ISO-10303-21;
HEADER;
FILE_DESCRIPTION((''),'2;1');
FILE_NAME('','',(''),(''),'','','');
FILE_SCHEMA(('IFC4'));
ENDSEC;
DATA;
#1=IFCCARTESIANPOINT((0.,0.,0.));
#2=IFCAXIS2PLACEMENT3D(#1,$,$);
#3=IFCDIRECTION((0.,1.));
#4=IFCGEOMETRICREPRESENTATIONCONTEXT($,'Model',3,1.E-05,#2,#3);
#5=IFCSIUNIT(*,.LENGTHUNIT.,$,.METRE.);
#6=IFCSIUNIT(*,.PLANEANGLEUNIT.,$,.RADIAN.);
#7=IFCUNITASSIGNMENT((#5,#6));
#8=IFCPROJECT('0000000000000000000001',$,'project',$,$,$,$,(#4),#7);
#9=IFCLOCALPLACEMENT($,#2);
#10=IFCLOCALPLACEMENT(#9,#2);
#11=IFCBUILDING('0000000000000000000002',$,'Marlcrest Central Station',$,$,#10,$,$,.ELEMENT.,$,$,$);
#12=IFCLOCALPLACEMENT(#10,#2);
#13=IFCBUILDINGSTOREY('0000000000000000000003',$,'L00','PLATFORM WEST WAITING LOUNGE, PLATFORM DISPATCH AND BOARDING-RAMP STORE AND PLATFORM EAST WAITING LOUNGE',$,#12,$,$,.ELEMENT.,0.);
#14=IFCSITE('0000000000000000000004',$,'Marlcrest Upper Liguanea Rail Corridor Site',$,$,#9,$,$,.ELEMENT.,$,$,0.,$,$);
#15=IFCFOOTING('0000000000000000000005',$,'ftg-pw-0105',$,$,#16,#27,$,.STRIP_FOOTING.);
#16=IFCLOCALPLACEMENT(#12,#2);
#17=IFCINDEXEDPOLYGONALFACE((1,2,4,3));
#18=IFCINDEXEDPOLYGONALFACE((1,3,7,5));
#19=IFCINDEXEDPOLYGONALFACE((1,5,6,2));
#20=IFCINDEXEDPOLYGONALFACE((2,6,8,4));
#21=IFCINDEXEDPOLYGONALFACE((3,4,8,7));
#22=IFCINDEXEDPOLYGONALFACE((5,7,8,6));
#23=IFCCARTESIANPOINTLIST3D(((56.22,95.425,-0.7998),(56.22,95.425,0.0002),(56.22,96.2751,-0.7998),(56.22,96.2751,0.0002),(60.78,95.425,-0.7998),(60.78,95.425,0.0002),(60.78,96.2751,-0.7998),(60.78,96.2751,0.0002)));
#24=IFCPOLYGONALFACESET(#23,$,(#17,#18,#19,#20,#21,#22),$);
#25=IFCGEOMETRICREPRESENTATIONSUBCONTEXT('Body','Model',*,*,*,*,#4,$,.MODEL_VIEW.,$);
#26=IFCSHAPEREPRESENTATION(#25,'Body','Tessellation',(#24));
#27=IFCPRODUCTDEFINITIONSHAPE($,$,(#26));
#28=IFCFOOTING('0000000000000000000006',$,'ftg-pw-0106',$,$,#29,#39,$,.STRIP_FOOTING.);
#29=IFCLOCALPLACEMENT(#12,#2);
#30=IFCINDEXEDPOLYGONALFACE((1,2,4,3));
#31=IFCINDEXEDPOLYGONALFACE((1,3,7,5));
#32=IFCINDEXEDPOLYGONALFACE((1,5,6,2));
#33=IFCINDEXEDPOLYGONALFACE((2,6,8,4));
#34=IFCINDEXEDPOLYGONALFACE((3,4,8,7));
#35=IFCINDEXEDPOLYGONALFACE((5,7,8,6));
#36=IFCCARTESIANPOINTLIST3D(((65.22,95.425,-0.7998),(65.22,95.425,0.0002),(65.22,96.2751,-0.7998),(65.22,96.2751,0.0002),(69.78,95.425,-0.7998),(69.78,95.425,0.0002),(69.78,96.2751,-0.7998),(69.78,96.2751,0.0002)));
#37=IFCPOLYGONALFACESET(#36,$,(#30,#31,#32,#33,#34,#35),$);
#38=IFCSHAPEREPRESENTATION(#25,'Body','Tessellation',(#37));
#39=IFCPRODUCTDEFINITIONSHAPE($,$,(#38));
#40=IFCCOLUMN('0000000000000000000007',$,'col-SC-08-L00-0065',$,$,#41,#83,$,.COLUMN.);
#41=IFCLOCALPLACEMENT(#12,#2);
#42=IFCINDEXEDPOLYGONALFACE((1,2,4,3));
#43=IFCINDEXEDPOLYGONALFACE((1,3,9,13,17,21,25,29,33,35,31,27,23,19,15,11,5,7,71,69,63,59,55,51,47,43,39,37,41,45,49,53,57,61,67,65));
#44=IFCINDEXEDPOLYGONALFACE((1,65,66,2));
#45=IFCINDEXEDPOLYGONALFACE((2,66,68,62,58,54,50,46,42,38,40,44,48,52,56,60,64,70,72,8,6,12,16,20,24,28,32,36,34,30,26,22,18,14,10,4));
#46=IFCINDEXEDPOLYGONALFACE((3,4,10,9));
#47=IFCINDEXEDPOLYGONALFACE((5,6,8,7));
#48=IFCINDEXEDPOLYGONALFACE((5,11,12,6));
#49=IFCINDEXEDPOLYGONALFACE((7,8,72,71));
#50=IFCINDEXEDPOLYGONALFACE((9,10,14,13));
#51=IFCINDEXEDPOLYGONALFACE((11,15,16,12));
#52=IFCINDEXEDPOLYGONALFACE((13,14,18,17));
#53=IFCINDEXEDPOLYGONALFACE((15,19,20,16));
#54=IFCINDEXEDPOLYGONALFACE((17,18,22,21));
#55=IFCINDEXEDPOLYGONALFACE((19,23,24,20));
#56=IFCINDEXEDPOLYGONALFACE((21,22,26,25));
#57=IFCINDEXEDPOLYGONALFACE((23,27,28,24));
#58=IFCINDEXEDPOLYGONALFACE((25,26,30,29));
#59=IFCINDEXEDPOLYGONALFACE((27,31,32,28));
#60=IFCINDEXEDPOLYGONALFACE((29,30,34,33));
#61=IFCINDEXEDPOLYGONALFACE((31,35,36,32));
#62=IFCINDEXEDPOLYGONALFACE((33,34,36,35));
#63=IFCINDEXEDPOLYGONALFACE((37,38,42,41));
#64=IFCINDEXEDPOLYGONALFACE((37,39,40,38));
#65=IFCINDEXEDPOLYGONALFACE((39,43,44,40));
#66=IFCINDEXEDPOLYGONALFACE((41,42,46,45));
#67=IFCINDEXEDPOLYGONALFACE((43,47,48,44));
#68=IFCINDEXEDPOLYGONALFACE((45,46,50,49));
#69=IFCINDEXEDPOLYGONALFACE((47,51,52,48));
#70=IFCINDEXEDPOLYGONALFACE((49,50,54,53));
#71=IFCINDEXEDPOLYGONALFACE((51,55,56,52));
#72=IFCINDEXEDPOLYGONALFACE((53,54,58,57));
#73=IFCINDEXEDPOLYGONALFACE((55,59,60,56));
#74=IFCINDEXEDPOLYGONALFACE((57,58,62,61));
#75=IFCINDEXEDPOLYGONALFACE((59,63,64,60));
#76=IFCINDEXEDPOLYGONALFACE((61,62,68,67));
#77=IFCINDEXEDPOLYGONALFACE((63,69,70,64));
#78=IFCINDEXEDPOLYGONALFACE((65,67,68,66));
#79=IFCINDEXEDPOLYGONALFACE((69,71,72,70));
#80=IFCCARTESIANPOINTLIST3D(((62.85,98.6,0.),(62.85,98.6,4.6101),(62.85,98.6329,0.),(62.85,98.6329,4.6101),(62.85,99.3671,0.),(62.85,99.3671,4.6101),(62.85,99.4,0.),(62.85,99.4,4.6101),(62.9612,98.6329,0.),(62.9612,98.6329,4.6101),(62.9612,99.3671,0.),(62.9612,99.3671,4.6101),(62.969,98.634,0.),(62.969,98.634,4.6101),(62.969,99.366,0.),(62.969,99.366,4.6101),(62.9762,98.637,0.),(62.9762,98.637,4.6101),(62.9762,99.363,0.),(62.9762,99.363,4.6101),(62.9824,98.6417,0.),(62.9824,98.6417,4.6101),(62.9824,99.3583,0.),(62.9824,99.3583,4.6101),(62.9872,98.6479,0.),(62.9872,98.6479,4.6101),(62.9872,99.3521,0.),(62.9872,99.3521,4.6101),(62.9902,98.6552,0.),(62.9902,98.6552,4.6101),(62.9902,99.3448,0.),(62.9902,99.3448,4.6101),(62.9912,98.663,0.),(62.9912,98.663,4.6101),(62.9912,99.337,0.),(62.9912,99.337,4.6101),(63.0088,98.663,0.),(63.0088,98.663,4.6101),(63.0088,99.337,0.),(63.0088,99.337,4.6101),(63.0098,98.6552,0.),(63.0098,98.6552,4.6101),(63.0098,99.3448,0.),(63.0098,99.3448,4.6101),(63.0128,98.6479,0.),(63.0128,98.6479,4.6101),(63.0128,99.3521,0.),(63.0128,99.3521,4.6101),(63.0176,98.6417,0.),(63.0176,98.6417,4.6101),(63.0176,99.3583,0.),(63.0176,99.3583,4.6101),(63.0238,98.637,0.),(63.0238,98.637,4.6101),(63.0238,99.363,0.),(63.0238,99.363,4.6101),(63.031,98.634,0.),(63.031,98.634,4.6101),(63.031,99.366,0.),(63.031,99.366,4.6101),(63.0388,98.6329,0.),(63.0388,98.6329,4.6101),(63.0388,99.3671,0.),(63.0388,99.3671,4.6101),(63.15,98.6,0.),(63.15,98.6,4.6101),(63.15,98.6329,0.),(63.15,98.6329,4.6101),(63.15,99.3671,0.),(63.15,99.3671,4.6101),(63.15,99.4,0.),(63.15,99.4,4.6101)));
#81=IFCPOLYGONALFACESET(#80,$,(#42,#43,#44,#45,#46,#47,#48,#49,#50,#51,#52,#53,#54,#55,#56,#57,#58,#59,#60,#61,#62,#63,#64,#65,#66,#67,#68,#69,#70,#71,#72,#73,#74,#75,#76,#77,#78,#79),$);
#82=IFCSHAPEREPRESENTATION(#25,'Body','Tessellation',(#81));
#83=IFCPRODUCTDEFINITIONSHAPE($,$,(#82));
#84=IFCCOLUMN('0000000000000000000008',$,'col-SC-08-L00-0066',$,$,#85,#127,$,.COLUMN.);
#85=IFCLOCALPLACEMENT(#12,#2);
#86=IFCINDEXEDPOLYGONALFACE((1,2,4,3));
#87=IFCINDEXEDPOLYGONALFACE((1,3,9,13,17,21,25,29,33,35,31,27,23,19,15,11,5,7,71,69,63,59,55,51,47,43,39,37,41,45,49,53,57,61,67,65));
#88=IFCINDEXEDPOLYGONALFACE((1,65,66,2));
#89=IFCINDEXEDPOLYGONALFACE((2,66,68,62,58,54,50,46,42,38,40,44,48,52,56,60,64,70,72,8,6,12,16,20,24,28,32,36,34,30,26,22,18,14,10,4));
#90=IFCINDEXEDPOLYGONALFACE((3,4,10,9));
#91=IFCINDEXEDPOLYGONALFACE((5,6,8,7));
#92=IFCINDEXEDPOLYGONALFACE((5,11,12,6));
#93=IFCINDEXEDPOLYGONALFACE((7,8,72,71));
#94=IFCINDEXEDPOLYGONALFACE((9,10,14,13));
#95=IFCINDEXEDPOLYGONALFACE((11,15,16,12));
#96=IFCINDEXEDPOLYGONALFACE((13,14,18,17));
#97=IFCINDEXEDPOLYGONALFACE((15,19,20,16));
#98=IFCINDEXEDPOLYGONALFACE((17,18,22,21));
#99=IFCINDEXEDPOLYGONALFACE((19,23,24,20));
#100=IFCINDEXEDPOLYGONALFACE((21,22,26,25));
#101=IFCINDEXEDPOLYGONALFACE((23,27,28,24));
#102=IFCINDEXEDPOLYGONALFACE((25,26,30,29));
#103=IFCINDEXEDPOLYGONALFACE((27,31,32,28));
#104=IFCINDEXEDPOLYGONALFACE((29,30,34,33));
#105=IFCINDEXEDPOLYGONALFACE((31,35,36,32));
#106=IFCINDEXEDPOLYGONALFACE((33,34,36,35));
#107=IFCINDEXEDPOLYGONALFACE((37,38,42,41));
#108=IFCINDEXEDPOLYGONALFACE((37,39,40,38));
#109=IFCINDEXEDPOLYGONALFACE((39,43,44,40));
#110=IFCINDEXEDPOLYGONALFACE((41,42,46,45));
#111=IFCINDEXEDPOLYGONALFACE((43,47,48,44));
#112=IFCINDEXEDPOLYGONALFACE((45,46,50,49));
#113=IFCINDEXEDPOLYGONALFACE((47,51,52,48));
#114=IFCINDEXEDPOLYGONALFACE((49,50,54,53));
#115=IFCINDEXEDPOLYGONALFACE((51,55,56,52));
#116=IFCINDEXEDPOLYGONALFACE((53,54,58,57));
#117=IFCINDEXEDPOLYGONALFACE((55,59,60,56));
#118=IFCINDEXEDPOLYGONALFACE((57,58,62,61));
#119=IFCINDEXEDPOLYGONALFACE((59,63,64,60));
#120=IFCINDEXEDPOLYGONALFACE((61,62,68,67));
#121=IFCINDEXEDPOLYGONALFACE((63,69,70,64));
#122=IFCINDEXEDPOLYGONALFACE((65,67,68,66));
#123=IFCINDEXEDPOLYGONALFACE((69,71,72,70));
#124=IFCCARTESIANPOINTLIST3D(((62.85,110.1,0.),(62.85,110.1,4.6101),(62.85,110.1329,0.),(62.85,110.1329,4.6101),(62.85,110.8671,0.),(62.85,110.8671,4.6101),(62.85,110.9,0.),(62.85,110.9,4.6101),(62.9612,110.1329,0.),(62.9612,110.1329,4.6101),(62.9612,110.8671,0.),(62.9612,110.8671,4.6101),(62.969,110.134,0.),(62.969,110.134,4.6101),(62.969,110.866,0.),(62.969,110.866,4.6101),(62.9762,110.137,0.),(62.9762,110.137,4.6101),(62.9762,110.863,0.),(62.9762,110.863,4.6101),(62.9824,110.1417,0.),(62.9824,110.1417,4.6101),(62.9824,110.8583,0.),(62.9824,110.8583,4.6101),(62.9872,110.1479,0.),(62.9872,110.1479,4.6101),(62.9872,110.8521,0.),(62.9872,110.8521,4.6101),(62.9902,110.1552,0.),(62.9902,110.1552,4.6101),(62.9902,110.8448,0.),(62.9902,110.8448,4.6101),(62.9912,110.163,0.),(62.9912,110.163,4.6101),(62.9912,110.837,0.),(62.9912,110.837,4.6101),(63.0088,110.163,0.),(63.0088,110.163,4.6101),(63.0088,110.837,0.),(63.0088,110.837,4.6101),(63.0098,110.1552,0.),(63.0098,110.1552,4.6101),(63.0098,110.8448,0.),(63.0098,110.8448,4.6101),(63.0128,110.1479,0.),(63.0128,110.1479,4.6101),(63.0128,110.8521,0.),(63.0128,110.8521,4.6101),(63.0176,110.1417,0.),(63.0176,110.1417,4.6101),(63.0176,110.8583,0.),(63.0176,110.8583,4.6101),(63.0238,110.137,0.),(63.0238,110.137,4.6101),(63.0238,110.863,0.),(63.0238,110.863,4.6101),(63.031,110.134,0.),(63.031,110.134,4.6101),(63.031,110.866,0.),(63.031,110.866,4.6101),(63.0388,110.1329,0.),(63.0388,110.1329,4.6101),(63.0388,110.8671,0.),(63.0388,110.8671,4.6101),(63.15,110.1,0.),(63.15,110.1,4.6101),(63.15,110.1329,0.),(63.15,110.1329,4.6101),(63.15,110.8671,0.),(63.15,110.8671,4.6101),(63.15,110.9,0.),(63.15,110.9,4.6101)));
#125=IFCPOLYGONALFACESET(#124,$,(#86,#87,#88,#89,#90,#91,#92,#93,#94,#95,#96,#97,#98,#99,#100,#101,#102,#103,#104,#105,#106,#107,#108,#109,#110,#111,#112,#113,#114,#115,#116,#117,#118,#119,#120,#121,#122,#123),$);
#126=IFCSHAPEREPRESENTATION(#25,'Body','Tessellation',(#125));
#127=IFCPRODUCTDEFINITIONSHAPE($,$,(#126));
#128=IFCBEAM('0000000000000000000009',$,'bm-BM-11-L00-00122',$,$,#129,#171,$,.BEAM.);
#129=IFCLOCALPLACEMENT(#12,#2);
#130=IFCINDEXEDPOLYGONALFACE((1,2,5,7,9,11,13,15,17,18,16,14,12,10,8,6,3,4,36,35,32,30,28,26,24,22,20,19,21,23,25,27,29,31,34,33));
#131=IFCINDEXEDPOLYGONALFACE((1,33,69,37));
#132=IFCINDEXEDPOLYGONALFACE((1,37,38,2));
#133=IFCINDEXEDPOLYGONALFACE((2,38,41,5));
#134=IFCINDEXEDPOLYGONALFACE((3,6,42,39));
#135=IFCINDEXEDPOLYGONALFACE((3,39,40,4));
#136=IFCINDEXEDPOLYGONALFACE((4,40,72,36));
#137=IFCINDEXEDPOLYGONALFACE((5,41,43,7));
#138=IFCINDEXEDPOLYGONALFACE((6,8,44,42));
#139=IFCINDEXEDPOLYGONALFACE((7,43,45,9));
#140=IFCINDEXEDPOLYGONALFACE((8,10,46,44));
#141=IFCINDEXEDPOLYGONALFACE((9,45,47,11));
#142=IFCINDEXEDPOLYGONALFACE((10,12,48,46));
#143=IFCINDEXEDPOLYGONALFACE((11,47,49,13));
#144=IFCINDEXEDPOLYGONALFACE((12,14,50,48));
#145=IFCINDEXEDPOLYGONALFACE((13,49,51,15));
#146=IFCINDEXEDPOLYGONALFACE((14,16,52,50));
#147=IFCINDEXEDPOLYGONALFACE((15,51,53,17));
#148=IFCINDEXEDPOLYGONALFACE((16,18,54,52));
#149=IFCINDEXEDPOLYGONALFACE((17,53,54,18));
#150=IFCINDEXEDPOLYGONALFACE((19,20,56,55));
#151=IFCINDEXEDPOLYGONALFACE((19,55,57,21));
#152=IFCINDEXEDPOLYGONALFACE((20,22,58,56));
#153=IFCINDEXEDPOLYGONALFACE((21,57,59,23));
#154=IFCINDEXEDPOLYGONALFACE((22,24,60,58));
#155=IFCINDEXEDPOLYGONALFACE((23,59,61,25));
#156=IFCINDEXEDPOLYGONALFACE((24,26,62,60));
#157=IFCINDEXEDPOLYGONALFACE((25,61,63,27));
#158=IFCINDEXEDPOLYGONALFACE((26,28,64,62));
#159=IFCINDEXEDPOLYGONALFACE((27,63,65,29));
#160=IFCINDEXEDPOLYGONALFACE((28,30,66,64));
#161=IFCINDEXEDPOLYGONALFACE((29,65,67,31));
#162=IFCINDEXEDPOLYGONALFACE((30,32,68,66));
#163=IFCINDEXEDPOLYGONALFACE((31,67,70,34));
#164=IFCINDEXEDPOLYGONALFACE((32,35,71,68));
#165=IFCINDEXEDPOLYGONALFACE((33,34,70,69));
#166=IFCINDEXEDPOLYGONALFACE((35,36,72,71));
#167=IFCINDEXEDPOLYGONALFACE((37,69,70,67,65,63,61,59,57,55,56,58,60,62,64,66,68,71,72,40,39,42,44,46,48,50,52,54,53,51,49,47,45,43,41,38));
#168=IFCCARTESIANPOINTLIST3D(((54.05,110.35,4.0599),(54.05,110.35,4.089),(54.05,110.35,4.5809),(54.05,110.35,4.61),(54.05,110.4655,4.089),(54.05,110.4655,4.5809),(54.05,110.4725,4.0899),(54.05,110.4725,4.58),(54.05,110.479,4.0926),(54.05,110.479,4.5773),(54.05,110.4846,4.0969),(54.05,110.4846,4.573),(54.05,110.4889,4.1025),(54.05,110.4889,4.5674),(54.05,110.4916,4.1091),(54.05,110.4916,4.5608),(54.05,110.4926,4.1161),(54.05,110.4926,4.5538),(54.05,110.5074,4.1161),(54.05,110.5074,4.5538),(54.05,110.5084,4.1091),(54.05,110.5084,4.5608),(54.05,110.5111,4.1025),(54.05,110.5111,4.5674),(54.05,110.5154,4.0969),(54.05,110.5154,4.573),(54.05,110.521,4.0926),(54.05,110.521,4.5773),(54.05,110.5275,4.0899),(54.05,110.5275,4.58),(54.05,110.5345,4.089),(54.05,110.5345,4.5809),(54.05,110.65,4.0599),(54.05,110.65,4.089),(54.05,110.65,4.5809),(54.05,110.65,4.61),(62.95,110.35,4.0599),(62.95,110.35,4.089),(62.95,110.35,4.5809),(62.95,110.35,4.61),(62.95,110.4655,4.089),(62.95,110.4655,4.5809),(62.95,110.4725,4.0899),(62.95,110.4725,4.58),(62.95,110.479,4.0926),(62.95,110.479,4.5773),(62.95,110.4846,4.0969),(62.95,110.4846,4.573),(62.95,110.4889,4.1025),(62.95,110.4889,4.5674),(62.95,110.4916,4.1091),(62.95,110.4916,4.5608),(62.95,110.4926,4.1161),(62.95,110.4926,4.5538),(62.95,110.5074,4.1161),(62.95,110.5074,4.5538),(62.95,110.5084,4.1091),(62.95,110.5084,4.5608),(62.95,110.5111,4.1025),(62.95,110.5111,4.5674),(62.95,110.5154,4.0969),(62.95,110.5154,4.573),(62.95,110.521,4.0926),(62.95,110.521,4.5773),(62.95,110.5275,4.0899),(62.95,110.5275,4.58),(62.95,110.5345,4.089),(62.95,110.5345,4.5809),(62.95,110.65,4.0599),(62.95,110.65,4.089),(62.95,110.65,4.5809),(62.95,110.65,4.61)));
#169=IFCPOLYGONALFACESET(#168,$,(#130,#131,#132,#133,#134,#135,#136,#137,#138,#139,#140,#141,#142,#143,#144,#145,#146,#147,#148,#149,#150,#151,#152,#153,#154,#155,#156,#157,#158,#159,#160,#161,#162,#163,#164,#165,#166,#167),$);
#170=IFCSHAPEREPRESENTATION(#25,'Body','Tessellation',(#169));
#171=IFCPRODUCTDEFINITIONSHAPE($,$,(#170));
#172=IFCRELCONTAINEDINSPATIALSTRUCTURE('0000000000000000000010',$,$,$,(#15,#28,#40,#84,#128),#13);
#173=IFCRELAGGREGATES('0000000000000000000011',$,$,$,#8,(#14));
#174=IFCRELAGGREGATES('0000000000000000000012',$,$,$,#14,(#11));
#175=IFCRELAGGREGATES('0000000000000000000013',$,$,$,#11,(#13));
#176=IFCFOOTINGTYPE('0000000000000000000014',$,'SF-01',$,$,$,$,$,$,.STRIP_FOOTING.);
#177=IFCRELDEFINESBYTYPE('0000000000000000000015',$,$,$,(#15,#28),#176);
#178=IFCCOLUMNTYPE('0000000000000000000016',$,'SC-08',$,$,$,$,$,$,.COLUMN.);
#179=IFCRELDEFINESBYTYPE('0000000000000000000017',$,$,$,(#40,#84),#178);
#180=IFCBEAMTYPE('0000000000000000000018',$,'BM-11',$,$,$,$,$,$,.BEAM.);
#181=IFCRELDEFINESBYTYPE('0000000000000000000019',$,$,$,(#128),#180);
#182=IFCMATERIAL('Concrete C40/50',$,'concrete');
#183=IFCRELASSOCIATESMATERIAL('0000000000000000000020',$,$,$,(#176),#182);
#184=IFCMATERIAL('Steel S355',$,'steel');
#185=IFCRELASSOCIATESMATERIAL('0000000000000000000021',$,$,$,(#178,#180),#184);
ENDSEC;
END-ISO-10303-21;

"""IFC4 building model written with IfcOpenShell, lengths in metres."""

from ifc_helpers import new_model, si_unit, direction, frame, origin, origin_2d, place, context, subcontext, project, spatial, rectangle, i_section, extrude, material, material_profile, profile_set, type_object, element, save


model = new_model("IFC4")

# Units and contexts
model_context = context("Model", 3, precision=1e-05, world=origin(), true_north=direction((0.0, 1.0)))
body_context = subcontext(model_context, "Body", "Model", "MODEL_VIEW")
ifc_project = project(units=[si_unit("LENGTHUNIT", "METRE"), si_unit("PLANEANGLEUNIT", "RADIAN")], contexts=[model_context])

# Site, building, storey
site_placement = place(None, origin())
site = spatial("IfcSite", under=ifc_project, at=site_placement, Name="Marlcrest Upper Liguanea Rail Corridor Site", CompositionType="ELEMENT", RefElevation=0.0)
building_placement = place(site_placement, origin())
building = spatial("IfcBuilding", under=site, at=building_placement, Name="Marlcrest Central Station", CompositionType="ELEMENT")
storey_placement = place(building_placement, origin())
storey = spatial("IfcBuildingStorey", under=building, at=storey_placement, Name="L00", Description="PLATFORM WEST WAITING LOUNGE, PLATFORM DISPATCH AND BOARDING-RAMP STORE AND PLATFORM EAST WAITING LOUNGE", CompositionType="ELEMENT", Elevation=0.0)

# Footings
ifc_material_1 = material(Name="Concrete C40/50", Category="concrete")
footing_type = type_object("IfcFootingType", Name="SF-01", PredefinedType="STRIP_FOOTING", material=ifc_material_1)
for number, where, z_axis, x_axis, name in (
    (1, (58.5, 95.8501, -0.7998), (0.0, 0.0, 1.0), (1.0, 0.0, 0.0), "ftg-pw-0105"),
    (2, (67.5, 95.8501, -0.7998), (0.0, 0.0, 1.0), (1.0, 0.0, 0.0), "ftg-pw-0106"),
):
    element("IfcFooting", number, at=place(storey_placement, frame(where, z_axis=z_axis, x_axis=x_axis)), inside=storey, type_object=footing_type, Name=name, PredefinedType="STRIP_FOOTING", context=body_context, shape_type="SweptSolid", body=[
        extrude(rectangle(XDim=4.5601, YDim=0.8501, at=origin_2d()), origin(), (0.0, 0.0, 1.0), 0.8),
    ])

# Columns
ifc_material_2 = material(Name="Steel S355", Category="steel")
ifc_material_profile_1 = material_profile(ifc_material_2, i_section(OverallWidth=0.3, OverallDepth=0.8, WebThickness=0.0176, FlangeThickness=0.033, FilletRadius=0.03, at=origin_2d()), Name="HEB 800")
ifc_profile_set_1 = profile_set([ifc_material_profile_1], Name="Steel S355")
column_type = type_object("IfcColumnType", Name="SC-08", PredefinedType="COLUMN", material=ifc_profile_set_1)
for number, where, z_axis, x_axis, name in (
    (3, (63.0, 99.0, 0.0), (0.0, 0.0, 1.0), (1.0, 0.0, 0.0), "col-SC-08-L00-0065"),
    (4, (63.0, 110.5, 0.0), (0.0, 0.0, 1.0), (1.0, 0.0, 0.0), "col-SC-08-L00-0066"),
):
    element("IfcColumn", number, at=place(storey_placement, frame(where, z_axis=z_axis, x_axis=x_axis)), inside=storey, type_object=column_type, Name=name, PredefinedType="COLUMN", context=body_context, shape_type="SweptSolid", body=[
        extrude(i_section(OverallWidth=0.3, OverallDepth=0.8, WebThickness=0.0176, FlangeThickness=0.033, FilletRadius=0.03, at=origin_2d()), origin(), (0.0, 0.0, 1.0), 4.6101),
    ])

# Beam
ifc_material_profile_2 = material_profile(ifc_material_2, i_section(OverallWidth=0.3, OverallDepth=0.55, WebThickness=0.0149, FlangeThickness=0.0291, FilletRadius=0.0271, at=origin_2d()), Name="HEB 550")
ifc_profile_set_2 = profile_set([ifc_material_profile_2], Name="Steel S355")
beam_type_1 = type_object("IfcBeamType", Name="BM-11", PredefinedType="BEAM", material=ifc_profile_set_2)
beam_1_placement = place(storey_placement, frame((54.05, 110.5, 4.335), z_axis=(1.0, 0.0, 0.0), x_axis=(0.0, 1.0, 0.0)))
element("IfcBeam", 5, at=beam_1_placement, inside=storey, type_object=beam_type_1, Name="bm-BM-11-L00-00122", PredefinedType="BEAM", context=body_context, shape_type="SweptSolid", body=[
    extrude(i_section(OverallWidth=0.3, OverallDepth=0.55, WebThickness=0.0149, FlangeThickness=0.0291, FilletRadius=0.0271, at=origin_2d()), origin(), (0.0, 0.0, 1.0), 8.8999),
])

save(model, "model.ifc")
